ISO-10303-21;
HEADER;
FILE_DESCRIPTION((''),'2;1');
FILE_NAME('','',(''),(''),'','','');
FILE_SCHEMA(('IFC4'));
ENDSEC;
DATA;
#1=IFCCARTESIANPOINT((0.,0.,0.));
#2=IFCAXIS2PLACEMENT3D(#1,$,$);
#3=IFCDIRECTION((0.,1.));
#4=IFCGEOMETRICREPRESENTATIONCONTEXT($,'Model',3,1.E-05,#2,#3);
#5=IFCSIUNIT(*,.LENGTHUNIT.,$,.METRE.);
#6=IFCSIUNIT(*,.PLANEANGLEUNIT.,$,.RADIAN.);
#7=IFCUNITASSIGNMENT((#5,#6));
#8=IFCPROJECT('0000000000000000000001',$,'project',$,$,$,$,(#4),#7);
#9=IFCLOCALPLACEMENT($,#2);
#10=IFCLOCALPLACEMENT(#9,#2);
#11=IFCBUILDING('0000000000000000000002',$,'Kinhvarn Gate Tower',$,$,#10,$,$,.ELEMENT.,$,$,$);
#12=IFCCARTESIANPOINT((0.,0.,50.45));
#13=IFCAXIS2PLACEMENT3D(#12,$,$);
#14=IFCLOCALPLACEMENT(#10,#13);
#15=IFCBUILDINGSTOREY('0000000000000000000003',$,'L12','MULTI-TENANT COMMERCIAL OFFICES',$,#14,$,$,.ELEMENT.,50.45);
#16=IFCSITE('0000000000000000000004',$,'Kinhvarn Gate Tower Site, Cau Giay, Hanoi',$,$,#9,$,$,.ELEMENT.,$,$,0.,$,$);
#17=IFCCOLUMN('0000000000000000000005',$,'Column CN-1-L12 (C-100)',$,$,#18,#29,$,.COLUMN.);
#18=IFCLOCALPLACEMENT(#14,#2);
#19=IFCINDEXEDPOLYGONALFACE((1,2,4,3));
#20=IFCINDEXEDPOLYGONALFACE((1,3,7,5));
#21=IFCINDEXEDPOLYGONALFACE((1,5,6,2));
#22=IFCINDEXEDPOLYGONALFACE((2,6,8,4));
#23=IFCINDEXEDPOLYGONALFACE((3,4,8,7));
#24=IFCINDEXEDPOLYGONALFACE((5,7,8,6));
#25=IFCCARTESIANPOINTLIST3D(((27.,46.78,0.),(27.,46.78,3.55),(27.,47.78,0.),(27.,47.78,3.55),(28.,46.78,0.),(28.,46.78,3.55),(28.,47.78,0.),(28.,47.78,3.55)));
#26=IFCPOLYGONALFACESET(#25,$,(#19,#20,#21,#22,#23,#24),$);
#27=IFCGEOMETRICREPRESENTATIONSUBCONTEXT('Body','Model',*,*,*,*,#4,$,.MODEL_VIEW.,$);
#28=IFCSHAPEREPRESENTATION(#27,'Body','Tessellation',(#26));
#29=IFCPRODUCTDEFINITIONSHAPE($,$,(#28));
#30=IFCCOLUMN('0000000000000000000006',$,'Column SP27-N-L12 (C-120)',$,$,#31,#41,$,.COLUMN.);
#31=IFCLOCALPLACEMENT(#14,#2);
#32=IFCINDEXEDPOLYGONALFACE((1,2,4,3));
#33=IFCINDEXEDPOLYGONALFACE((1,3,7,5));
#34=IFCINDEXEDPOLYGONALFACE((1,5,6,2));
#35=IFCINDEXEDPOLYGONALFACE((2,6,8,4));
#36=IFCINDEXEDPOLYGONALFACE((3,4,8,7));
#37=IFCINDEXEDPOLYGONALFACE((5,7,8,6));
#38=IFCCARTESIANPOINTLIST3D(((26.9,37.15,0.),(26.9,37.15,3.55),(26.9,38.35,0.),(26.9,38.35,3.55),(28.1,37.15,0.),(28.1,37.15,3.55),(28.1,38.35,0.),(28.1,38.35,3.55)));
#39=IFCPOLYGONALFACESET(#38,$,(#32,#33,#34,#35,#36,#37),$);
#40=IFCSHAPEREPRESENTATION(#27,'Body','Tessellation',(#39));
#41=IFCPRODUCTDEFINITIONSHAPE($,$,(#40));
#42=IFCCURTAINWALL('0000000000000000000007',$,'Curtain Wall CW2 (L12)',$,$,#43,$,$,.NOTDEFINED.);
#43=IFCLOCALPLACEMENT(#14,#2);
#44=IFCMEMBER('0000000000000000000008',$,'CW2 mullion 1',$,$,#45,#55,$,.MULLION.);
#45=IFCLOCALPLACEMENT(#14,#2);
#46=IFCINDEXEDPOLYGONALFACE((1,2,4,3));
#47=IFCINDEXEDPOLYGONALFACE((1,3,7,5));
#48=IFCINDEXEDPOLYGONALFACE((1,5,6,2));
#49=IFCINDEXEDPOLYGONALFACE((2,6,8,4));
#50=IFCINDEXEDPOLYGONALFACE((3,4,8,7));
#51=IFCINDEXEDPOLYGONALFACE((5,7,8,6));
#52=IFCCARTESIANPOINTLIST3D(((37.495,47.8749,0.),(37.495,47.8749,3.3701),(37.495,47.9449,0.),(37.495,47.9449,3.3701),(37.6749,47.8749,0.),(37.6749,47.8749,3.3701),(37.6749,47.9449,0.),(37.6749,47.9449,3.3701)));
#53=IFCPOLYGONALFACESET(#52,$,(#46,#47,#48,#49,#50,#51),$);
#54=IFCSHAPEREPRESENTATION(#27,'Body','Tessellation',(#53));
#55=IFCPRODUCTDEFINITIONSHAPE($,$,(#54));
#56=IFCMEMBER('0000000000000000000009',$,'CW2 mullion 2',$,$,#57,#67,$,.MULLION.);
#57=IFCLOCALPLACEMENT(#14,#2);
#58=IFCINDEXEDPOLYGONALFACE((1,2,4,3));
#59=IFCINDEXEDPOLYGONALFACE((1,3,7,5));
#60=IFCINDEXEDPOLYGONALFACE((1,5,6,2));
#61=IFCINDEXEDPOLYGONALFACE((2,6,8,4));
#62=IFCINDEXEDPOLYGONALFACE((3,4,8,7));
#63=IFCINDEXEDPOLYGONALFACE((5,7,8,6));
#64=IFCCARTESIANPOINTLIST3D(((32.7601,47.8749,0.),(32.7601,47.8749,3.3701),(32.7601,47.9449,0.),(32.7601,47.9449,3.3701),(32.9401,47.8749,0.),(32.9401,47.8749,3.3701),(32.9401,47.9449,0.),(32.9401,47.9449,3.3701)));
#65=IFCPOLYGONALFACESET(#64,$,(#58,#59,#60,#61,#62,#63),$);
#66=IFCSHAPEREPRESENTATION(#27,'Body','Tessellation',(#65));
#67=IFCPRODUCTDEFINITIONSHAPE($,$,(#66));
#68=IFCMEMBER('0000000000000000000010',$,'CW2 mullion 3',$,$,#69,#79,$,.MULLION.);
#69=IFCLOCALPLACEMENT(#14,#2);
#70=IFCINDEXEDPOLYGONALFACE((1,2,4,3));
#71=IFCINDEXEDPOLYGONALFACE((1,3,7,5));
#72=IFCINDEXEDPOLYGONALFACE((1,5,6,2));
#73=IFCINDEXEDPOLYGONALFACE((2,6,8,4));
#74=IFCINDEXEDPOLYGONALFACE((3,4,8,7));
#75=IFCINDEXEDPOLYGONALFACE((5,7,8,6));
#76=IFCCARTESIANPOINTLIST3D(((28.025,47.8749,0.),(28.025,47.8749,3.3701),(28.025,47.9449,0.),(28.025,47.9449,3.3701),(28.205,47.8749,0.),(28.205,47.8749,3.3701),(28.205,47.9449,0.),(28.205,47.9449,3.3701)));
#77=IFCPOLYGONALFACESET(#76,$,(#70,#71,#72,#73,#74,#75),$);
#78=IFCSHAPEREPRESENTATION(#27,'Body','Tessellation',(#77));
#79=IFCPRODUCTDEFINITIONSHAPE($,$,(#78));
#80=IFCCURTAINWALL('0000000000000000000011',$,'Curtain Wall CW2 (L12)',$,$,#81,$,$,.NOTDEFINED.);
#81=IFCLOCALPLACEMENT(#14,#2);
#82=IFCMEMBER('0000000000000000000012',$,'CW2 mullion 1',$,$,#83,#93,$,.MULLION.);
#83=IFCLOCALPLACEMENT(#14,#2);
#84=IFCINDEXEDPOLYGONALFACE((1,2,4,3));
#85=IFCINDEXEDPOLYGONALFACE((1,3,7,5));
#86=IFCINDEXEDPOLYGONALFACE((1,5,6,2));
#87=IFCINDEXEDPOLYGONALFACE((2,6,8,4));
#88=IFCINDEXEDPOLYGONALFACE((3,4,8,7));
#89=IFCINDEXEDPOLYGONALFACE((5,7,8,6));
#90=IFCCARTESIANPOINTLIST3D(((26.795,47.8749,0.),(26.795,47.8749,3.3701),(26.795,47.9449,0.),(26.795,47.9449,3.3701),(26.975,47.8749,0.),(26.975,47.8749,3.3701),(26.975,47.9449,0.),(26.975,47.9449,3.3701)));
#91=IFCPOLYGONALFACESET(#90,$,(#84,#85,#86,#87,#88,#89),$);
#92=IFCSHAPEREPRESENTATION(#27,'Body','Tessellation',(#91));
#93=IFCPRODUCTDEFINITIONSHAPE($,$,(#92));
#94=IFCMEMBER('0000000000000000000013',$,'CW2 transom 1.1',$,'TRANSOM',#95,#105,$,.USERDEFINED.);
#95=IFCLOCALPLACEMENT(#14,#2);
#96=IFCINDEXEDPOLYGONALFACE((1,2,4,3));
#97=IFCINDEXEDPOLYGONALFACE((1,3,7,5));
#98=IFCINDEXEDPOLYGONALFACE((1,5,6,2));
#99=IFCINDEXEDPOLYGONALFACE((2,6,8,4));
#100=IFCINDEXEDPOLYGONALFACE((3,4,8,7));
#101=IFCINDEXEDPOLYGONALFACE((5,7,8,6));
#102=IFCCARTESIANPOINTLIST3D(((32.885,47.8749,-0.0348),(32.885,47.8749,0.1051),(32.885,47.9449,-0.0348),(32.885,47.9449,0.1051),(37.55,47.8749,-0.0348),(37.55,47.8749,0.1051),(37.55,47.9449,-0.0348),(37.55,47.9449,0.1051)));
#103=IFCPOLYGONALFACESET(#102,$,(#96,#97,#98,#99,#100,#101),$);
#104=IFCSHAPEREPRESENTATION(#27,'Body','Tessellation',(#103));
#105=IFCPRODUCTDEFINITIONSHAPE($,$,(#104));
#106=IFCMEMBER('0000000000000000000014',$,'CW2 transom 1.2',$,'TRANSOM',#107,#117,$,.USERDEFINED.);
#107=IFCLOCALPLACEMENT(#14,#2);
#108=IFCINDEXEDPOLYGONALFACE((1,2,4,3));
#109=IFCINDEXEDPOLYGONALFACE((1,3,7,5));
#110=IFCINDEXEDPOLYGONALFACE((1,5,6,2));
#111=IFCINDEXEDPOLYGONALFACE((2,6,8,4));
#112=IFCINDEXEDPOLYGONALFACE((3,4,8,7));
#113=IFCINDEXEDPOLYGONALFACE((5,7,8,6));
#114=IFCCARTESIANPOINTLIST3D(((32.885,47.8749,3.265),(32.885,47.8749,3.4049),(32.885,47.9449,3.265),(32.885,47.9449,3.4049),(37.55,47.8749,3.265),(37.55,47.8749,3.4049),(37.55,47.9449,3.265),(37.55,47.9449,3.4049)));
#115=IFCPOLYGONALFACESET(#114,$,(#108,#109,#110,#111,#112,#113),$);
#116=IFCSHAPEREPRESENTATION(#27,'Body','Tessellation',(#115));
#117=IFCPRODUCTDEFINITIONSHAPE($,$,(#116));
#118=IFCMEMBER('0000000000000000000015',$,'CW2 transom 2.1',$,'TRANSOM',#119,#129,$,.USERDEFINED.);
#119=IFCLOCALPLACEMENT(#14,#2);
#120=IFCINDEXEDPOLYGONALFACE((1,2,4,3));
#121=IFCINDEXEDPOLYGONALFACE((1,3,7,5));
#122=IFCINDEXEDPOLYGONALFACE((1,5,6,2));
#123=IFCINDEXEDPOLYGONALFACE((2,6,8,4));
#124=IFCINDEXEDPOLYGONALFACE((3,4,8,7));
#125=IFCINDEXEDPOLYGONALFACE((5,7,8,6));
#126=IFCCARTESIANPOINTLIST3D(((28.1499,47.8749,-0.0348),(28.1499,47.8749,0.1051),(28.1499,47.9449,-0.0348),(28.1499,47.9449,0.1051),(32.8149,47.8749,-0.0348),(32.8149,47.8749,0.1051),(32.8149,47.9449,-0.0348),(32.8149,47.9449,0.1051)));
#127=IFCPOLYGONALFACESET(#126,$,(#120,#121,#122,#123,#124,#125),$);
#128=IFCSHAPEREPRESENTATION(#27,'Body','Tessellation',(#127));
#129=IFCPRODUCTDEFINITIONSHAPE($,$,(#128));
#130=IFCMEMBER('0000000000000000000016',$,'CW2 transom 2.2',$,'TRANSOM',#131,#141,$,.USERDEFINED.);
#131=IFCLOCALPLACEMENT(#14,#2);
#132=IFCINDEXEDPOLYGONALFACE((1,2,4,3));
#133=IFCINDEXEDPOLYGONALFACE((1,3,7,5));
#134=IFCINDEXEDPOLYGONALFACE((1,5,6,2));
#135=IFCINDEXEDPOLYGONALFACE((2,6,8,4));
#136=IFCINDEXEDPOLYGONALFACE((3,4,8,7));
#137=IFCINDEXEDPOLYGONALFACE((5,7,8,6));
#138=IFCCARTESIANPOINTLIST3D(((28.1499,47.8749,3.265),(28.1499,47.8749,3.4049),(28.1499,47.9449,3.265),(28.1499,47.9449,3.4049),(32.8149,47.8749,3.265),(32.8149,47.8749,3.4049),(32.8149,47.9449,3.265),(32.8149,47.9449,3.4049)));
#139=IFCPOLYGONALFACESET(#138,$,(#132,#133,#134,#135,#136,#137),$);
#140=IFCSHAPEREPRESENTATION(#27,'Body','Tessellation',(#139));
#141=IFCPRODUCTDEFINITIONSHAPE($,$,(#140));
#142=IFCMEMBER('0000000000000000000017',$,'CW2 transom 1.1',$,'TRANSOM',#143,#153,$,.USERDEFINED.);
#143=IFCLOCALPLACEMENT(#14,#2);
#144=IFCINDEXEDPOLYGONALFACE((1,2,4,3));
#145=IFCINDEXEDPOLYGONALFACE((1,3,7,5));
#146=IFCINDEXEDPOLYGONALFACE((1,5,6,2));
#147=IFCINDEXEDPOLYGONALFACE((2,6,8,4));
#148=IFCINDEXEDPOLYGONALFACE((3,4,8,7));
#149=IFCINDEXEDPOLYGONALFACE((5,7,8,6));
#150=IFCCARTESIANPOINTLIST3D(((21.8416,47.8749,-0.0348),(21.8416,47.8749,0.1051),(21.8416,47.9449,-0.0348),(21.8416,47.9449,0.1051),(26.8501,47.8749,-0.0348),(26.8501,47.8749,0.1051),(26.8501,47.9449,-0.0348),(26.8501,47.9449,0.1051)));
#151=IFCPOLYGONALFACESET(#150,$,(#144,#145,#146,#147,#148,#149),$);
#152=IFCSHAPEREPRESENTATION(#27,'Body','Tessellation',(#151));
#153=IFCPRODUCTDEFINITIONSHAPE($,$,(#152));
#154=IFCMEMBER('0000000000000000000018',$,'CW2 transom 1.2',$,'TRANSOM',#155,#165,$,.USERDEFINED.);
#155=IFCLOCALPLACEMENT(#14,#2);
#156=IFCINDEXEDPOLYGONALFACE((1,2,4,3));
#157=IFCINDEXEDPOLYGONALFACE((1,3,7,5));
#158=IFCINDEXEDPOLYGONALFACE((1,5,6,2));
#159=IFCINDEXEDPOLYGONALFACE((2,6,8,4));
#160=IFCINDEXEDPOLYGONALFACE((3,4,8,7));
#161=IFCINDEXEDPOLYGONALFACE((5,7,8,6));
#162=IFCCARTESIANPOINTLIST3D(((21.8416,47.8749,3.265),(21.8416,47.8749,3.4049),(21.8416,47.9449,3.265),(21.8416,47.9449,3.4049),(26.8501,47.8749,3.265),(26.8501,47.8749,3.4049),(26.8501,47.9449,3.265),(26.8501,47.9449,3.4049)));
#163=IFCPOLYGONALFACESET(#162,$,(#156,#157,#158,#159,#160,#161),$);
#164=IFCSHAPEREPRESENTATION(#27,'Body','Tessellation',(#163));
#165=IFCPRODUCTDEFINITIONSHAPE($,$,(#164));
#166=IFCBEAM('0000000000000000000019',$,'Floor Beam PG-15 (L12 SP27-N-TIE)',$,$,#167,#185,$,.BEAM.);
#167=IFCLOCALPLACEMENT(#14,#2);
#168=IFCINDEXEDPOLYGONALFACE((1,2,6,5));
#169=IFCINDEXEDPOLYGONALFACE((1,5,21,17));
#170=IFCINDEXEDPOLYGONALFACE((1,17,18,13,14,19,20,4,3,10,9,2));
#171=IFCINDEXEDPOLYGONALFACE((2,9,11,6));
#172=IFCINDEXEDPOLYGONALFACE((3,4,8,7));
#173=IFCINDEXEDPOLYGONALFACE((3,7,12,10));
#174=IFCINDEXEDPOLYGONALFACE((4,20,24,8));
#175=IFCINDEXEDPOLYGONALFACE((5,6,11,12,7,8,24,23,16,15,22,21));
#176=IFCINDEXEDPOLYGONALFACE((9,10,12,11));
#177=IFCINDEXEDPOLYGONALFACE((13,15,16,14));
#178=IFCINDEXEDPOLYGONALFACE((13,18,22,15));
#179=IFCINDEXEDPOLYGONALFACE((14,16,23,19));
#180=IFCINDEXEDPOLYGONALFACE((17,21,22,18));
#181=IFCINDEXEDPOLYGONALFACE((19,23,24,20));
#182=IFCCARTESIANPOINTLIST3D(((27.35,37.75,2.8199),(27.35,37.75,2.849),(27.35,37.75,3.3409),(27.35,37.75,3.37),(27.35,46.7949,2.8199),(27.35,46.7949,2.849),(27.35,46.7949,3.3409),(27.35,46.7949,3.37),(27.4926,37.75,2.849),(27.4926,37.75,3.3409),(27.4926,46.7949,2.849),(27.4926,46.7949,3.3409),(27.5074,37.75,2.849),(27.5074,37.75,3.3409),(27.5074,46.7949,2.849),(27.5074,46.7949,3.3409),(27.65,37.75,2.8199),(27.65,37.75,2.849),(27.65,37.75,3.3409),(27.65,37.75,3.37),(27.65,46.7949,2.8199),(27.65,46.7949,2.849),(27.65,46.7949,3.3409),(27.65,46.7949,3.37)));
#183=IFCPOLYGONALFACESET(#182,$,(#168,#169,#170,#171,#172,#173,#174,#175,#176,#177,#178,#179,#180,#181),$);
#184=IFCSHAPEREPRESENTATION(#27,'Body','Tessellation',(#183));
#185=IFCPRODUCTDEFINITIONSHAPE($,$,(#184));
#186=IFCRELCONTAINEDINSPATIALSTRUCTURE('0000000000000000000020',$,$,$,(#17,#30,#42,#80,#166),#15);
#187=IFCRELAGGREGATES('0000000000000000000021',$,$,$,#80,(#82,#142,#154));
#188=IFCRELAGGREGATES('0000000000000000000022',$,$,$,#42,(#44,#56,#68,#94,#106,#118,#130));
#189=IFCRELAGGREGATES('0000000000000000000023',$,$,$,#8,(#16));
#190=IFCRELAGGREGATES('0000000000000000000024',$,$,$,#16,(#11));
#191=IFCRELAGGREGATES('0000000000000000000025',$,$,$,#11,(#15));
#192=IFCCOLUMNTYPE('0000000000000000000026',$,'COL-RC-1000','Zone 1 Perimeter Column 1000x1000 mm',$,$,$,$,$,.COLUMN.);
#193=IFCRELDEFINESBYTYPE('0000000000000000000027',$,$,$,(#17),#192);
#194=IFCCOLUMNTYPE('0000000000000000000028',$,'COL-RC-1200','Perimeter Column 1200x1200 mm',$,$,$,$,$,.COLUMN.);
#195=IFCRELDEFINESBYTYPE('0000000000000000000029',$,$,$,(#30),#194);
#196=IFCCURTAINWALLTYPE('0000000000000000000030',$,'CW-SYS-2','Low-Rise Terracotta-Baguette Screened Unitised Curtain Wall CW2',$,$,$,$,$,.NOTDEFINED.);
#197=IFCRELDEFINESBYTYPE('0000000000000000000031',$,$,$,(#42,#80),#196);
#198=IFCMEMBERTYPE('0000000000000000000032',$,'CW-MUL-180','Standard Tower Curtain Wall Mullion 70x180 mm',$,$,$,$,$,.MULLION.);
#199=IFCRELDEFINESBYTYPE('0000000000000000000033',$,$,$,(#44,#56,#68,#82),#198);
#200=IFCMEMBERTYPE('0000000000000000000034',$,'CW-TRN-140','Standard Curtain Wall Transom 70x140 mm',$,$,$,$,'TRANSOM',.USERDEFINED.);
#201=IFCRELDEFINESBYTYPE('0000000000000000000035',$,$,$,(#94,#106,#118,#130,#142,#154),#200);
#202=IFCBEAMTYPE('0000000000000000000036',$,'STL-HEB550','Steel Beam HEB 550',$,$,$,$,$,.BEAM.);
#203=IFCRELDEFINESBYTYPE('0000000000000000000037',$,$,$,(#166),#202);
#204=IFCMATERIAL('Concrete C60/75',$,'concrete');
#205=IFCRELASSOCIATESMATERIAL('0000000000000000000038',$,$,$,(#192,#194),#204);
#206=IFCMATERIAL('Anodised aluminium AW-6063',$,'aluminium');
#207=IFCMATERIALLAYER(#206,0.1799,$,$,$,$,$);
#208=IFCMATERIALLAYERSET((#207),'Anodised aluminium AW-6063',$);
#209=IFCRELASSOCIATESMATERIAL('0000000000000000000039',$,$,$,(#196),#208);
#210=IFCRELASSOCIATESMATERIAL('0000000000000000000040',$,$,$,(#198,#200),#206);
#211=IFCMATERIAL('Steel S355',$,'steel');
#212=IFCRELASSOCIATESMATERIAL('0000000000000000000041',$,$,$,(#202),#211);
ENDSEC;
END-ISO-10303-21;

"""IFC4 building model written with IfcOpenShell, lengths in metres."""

from ifc_helpers import new_model, si_unit, direction, frame, origin, origin_2d, place, context, subcontext, project, spatial, rectangle, i_section, extrude, material, layer, layer_set, material_profile, profile_set, type_object, element, aggregate, save


model = new_model("IFC4")

# Units and contexts
model_context = context("Model", 3, precision=1e-05, world=origin(), true_north=direction((0.0, 1.0)))
body_context = subcontext(model_context, "Body", "Model", "MODEL_VIEW")
ifc_project = project(units=[si_unit("LENGTHUNIT", "METRE"), si_unit("PLANEANGLEUNIT", "RADIAN")], contexts=[model_context])

# Site, building, storey
site_placement = place(None, origin())
site = spatial("IfcSite", under=ifc_project, at=site_placement, Name="Kinhvarn Gate Tower Site, Cau Giay, Hanoi", CompositionType="ELEMENT", RefElevation=0.0)
building_placement = place(site_placement, origin())
building = spatial("IfcBuilding", under=site, at=building_placement, Name="Kinhvarn Gate Tower", CompositionType="ELEMENT")
storey_placement = place(building_placement, frame((0.0, 0.0, 50.45)))
storey = spatial("IfcBuildingStorey", under=building, at=storey_placement, Name="L12", Description="MULTI-TENANT COMMERCIAL OFFICES", CompositionType="ELEMENT", Elevation=50.45)

# Columns
ifc_material_1 = material(Name="Concrete C60/75", Category="concrete")
ifc_material_profile_1 = material_profile(ifc_material_1, rectangle(XDim=1.0, YDim=1.0, at=origin_2d()), Name="RC 1000x1000")
ifc_profile_set_1 = profile_set([ifc_material_profile_1], Name="Concrete C60/75")
column_type_1 = type_object("IfcColumnType", Name="COL-RC-1000", Description="Zone 1 Perimeter Column 1000x1000 mm", PredefinedType="COLUMN", material=ifc_profile_set_1)
column_1_placement = place(storey_placement, frame((27.5, 47.28, 0.0), z_axis=(0.0, 0.0, 1.0), x_axis=(1.0, 0.0, 0.0)))
element("IfcColumn", 1, at=column_1_placement, inside=storey, type_object=column_type_1, Name="Column CN-1-L12 (C-100)", PredefinedType="COLUMN", context=body_context, shape_type="SweptSolid", body=[
    extrude(rectangle(XDim=1.0, YDim=1.0, at=origin_2d()), origin(), (0.0, 0.0, 1.0), 3.55),
])
ifc_material_profile_2 = material_profile(ifc_material_1, rectangle(XDim=1.2, YDim=1.2, at=origin_2d()), Name="RC 1200x1200")
ifc_profile_set_2 = profile_set([ifc_material_profile_2], Name="Concrete C60/75")
column_type_2 = type_object("IfcColumnType", Name="COL-RC-1200", Description="Perimeter Column 1200x1200 mm", PredefinedType="COLUMN", material=ifc_profile_set_2)
column_2_placement = place(storey_placement, frame((27.5, 37.75, 0.0), z_axis=(0.0, 0.0, 1.0), x_axis=(1.0, 0.0, 0.0)))
element("IfcColumn", 2, at=column_2_placement, inside=storey, type_object=column_type_2, Name="Column SP27-N-L12 (C-120)", PredefinedType="COLUMN", context=body_context, shape_type="SweptSolid", body=[
    extrude(rectangle(XDim=1.2, YDim=1.2, at=origin_2d()), origin(), (0.0, 0.0, 1.0), 3.55),
])

# Curtain wall, members
ifc_material_2 = material(Name="Anodised aluminium AW-6063", Category="aluminium")
ifc_layer_1 = layer(ifc_material_2, 0.1799)
ifc_layer_set_1 = layer_set([ifc_layer_1], Name="Anodised aluminium AW-6063")
curtain_wall_type = type_object("IfcCurtainWallType", Name="CW-SYS-2", Description="Low-Rise Terracotta-Baguette Screened Unitised Curtain Wall CW2", PredefinedType="NOTDEFINED", material=ifc_layer_set_1)
curtain_wall_1_placement = place(storey_placement, origin())
curtain_wall_1 = element("IfcCurtainWall", 3, at=curtain_wall_1_placement, inside=storey, type_object=curtain_wall_type, Name="Curtain Wall CW2 (L12)", PredefinedType="NOTDEFINED")
ifc_material_profile_3 = material_profile(ifc_material_2, rectangle(XDim=0.0701, YDim=0.1799, at=origin_2d()), Name="ALU 70x180")
ifc_profile_set_3 = profile_set([ifc_material_profile_3], Name="Anodised aluminium AW-6063")
member_type_1 = type_object("IfcMemberType", Name="CW-MUL-180", Description="Standard Tower Curtain Wall Mullion 70x180 mm", PredefinedType="MULLION", material=ifc_profile_set_3)
member_1_placement = place(storey_placement, frame((37.585, 47.9099, 0.0), z_axis=(0.0, 0.0, 1.0), x_axis=(0.0, -1.0, 0.0)))
member_1 = element("IfcMember", 4, at=member_1_placement, type_object=member_type_1, Name="CW2 mullion 1", PredefinedType="MULLION", context=body_context, shape_type="SweptSolid", body=[
    extrude(rectangle(XDim=0.0701, YDim=0.1799, at=origin_2d()), origin(), (0.0, 0.0, 1.0), 3.3701),
])
member_2_placement = place(storey_placement, frame((32.8501, 47.9099, 0.0), z_axis=(0.0, 0.0, 1.0), x_axis=(0.0, -1.0, 0.0)))
member_2 = element("IfcMember", 5, at=member_2_placement, type_object=member_type_1, Name="CW2 mullion 2", PredefinedType="MULLION", context=body_context, shape_type="SweptSolid", body=[
    extrude(rectangle(XDim=0.0701, YDim=0.1799, at=origin_2d()), origin(), (0.0, 0.0, 1.0), 3.3701),
])
member_3_placement = place(storey_placement, frame((28.115, 47.9099, 0.0), z_axis=(0.0, 0.0, 1.0), x_axis=(0.0, -1.0, 0.0)))
member_3 = element("IfcMember", 6, at=member_3_placement, type_object=member_type_1, Name="CW2 mullion 3", PredefinedType="MULLION", context=body_context, shape_type="SweptSolid", body=[
    extrude(rectangle(XDim=0.0701, YDim=0.1799, at=origin_2d()), origin(), (0.0, 0.0, 1.0), 3.3701),
])

# Curtain wall, member
curtain_wall_2_placement = place(storey_placement, origin())
curtain_wall_2 = element("IfcCurtainWall", 7, at=curtain_wall_2_placement, inside=storey, type_object=curtain_wall_type, Name="Curtain Wall CW2 (L12)", PredefinedType="NOTDEFINED")
member_4_placement = place(storey_placement, frame((26.885, 47.9099, 0.0), z_axis=(0.0, 0.0, 1.0), x_axis=(0.0, -1.0, 0.0)))
member_4 = element("IfcMember", 8, at=member_4_placement, type_object=member_type_1, Name="CW2 mullion 1", PredefinedType="MULLION", context=body_context, shape_type="SweptSolid", body=[
    extrude(rectangle(XDim=0.0701, YDim=0.1799, at=origin_2d()), origin(), (0.0, 0.0, 1.0), 3.3701),
])

# Members
ifc_material_profile_4 = material_profile(ifc_material_2, rectangle(XDim=0.0701, YDim=0.1399, at=origin_2d()), Name="ALU 70x140")
ifc_profile_set_4 = profile_set([ifc_material_profile_4], Name="Anodised aluminium AW-6063")
member_type_2 = type_object("IfcMemberType", Name="CW-TRN-140", Description="Standard Curtain Wall Transom 70x140 mm", ElementType="TRANSOM", PredefinedType="USERDEFINED", material=ifc_profile_set_4)
member_5_placement = place(storey_placement, frame((37.55, 47.9099, 0.0352), z_axis=(-1.0, 0.0, 0.0), x_axis=(0.0, -1.0, 0.0)))
member_5 = element("IfcMember", 9, at=member_5_placement, type_object=member_type_2, Name="CW2 transom 1.1", ObjectType="TRANSOM", PredefinedType="USERDEFINED", context=body_context, shape_type="SweptSolid", body=[
    extrude(rectangle(XDim=0.0701, YDim=0.1399, at=origin_2d()), origin(), (0.0, 0.0, 1.0), 4.665),
])
member_6_placement = place(storey_placement, frame((37.55, 47.9099, 3.335), z_axis=(-1.0, 0.0, 0.0), x_axis=(0.0, -1.0, 0.0)))
member_6 = element("IfcMember", 10, at=member_6_placement, type_object=member_type_2, Name="CW2 transom 1.2", ObjectType="TRANSOM", PredefinedType="USERDEFINED", context=body_context, shape_type="SweptSolid", body=[
    extrude(rectangle(XDim=0.0701, YDim=0.1399, at=origin_2d()), origin(), (0.0, 0.0, 1.0), 4.665),
])
member_7_placement = place(storey_placement, frame((32.8149, 47.9099, 0.0352), z_axis=(-1.0, 0.0, 0.0), x_axis=(0.0, -1.0, 0.0)))
member_7 = element("IfcMember", 11, at=member_7_placement, type_object=member_type_2, Name="CW2 transom 2.1", ObjectType="TRANSOM", PredefinedType="USERDEFINED", context=body_context, shape_type="SweptSolid", body=[
    extrude(rectangle(XDim=0.0701, YDim=0.1399, at=origin_2d()), origin(), (0.0, 0.0, 1.0), 4.665),
])
member_8_placement = place(storey_placement, frame((32.8149, 47.9099, 3.335), z_axis=(-1.0, 0.0, 0.0), x_axis=(0.0, -1.0, 0.0)))
member_8 = element("IfcMember", 12, at=member_8_placement, type_object=member_type_2, Name="CW2 transom 2.2", ObjectType="TRANSOM", PredefinedType="USERDEFINED", context=body_context, shape_type="SweptSolid", body=[
    extrude(rectangle(XDim=0.0701, YDim=0.1399, at=origin_2d()), origin(), (0.0, 0.0, 1.0), 4.665),
])
member_9_placement = place(storey_placement, frame((26.8501, 47.9099, 0.0352), z_axis=(-1.0, 0.0, 0.0), x_axis=(0.0, -1.0, 0.0)))
member_9 = element("IfcMember", 13, at=member_9_placement, type_object=member_type_2, Name="CW2 transom 1.1", ObjectType="TRANSOM", PredefinedType="USERDEFINED", context=body_context, shape_type="SweptSolid", body=[
    extrude(rectangle(XDim=0.0701, YDim=0.1399, at=origin_2d()), origin(), (0.0, 0.0, 1.0), 5.0085),
])
member_10_placement = place(storey_placement, frame((26.8501, 47.9099, 3.335), z_axis=(-1.0, 0.0, 0.0), x_axis=(0.0, -1.0, 0.0)))
member_10 = element("IfcMember", 14, at=member_10_placement, type_object=member_type_2, Name="CW2 transom 1.2", ObjectType="TRANSOM", PredefinedType="USERDEFINED", context=body_context, shape_type="SweptSolid", body=[
    extrude(rectangle(XDim=0.0701, YDim=0.1399, at=origin_2d()), origin(), (0.0, 0.0, 1.0), 5.0085),
])
aggregate(curtain_wall_2, [member_4, member_9, member_10])

# Beam
ifc_material_3 = material(Name="Steel S355", Category="steel")
ifc_material_profile_5 = material_profile(ifc_material_3, i_section(OverallWidth=0.3, OverallDepth=0.55, WebThickness=0.0149, FlangeThickness=0.0291, at=origin_2d()), Name="HEB 550")
ifc_profile_set_5 = profile_set([ifc_material_profile_5], Name="Steel S355")
beam_type_1 = type_object("IfcBeamType", Name="STL-HEB550", Description="Steel Beam HEB 550", PredefinedType="BEAM", material=ifc_profile_set_5)
beam_1_placement = place(storey_placement, frame((27.5, 37.75, 3.095), z_axis=(0.0, 1.0, 0.0), x_axis=(-1.0, 0.0, 0.0)))
element("IfcBeam", 15, at=beam_1_placement, inside=storey, type_object=beam_type_1, Name="Floor Beam PG-15 (L12 SP27-N-TIE)", PredefinedType="BEAM", context=body_context, shape_type="SweptSolid", body=[
    extrude(i_section(OverallWidth=0.3, OverallDepth=0.55, WebThickness=0.0149, FlangeThickness=0.0291, at=origin_2d()), origin(), (0.0, 0.0, 1.0), 9.0449),
])

aggregate(curtain_wall_1, [member_1, member_2, member_3, member_5, member_6, member_7, member_8])

save(model, "model.ifc")
